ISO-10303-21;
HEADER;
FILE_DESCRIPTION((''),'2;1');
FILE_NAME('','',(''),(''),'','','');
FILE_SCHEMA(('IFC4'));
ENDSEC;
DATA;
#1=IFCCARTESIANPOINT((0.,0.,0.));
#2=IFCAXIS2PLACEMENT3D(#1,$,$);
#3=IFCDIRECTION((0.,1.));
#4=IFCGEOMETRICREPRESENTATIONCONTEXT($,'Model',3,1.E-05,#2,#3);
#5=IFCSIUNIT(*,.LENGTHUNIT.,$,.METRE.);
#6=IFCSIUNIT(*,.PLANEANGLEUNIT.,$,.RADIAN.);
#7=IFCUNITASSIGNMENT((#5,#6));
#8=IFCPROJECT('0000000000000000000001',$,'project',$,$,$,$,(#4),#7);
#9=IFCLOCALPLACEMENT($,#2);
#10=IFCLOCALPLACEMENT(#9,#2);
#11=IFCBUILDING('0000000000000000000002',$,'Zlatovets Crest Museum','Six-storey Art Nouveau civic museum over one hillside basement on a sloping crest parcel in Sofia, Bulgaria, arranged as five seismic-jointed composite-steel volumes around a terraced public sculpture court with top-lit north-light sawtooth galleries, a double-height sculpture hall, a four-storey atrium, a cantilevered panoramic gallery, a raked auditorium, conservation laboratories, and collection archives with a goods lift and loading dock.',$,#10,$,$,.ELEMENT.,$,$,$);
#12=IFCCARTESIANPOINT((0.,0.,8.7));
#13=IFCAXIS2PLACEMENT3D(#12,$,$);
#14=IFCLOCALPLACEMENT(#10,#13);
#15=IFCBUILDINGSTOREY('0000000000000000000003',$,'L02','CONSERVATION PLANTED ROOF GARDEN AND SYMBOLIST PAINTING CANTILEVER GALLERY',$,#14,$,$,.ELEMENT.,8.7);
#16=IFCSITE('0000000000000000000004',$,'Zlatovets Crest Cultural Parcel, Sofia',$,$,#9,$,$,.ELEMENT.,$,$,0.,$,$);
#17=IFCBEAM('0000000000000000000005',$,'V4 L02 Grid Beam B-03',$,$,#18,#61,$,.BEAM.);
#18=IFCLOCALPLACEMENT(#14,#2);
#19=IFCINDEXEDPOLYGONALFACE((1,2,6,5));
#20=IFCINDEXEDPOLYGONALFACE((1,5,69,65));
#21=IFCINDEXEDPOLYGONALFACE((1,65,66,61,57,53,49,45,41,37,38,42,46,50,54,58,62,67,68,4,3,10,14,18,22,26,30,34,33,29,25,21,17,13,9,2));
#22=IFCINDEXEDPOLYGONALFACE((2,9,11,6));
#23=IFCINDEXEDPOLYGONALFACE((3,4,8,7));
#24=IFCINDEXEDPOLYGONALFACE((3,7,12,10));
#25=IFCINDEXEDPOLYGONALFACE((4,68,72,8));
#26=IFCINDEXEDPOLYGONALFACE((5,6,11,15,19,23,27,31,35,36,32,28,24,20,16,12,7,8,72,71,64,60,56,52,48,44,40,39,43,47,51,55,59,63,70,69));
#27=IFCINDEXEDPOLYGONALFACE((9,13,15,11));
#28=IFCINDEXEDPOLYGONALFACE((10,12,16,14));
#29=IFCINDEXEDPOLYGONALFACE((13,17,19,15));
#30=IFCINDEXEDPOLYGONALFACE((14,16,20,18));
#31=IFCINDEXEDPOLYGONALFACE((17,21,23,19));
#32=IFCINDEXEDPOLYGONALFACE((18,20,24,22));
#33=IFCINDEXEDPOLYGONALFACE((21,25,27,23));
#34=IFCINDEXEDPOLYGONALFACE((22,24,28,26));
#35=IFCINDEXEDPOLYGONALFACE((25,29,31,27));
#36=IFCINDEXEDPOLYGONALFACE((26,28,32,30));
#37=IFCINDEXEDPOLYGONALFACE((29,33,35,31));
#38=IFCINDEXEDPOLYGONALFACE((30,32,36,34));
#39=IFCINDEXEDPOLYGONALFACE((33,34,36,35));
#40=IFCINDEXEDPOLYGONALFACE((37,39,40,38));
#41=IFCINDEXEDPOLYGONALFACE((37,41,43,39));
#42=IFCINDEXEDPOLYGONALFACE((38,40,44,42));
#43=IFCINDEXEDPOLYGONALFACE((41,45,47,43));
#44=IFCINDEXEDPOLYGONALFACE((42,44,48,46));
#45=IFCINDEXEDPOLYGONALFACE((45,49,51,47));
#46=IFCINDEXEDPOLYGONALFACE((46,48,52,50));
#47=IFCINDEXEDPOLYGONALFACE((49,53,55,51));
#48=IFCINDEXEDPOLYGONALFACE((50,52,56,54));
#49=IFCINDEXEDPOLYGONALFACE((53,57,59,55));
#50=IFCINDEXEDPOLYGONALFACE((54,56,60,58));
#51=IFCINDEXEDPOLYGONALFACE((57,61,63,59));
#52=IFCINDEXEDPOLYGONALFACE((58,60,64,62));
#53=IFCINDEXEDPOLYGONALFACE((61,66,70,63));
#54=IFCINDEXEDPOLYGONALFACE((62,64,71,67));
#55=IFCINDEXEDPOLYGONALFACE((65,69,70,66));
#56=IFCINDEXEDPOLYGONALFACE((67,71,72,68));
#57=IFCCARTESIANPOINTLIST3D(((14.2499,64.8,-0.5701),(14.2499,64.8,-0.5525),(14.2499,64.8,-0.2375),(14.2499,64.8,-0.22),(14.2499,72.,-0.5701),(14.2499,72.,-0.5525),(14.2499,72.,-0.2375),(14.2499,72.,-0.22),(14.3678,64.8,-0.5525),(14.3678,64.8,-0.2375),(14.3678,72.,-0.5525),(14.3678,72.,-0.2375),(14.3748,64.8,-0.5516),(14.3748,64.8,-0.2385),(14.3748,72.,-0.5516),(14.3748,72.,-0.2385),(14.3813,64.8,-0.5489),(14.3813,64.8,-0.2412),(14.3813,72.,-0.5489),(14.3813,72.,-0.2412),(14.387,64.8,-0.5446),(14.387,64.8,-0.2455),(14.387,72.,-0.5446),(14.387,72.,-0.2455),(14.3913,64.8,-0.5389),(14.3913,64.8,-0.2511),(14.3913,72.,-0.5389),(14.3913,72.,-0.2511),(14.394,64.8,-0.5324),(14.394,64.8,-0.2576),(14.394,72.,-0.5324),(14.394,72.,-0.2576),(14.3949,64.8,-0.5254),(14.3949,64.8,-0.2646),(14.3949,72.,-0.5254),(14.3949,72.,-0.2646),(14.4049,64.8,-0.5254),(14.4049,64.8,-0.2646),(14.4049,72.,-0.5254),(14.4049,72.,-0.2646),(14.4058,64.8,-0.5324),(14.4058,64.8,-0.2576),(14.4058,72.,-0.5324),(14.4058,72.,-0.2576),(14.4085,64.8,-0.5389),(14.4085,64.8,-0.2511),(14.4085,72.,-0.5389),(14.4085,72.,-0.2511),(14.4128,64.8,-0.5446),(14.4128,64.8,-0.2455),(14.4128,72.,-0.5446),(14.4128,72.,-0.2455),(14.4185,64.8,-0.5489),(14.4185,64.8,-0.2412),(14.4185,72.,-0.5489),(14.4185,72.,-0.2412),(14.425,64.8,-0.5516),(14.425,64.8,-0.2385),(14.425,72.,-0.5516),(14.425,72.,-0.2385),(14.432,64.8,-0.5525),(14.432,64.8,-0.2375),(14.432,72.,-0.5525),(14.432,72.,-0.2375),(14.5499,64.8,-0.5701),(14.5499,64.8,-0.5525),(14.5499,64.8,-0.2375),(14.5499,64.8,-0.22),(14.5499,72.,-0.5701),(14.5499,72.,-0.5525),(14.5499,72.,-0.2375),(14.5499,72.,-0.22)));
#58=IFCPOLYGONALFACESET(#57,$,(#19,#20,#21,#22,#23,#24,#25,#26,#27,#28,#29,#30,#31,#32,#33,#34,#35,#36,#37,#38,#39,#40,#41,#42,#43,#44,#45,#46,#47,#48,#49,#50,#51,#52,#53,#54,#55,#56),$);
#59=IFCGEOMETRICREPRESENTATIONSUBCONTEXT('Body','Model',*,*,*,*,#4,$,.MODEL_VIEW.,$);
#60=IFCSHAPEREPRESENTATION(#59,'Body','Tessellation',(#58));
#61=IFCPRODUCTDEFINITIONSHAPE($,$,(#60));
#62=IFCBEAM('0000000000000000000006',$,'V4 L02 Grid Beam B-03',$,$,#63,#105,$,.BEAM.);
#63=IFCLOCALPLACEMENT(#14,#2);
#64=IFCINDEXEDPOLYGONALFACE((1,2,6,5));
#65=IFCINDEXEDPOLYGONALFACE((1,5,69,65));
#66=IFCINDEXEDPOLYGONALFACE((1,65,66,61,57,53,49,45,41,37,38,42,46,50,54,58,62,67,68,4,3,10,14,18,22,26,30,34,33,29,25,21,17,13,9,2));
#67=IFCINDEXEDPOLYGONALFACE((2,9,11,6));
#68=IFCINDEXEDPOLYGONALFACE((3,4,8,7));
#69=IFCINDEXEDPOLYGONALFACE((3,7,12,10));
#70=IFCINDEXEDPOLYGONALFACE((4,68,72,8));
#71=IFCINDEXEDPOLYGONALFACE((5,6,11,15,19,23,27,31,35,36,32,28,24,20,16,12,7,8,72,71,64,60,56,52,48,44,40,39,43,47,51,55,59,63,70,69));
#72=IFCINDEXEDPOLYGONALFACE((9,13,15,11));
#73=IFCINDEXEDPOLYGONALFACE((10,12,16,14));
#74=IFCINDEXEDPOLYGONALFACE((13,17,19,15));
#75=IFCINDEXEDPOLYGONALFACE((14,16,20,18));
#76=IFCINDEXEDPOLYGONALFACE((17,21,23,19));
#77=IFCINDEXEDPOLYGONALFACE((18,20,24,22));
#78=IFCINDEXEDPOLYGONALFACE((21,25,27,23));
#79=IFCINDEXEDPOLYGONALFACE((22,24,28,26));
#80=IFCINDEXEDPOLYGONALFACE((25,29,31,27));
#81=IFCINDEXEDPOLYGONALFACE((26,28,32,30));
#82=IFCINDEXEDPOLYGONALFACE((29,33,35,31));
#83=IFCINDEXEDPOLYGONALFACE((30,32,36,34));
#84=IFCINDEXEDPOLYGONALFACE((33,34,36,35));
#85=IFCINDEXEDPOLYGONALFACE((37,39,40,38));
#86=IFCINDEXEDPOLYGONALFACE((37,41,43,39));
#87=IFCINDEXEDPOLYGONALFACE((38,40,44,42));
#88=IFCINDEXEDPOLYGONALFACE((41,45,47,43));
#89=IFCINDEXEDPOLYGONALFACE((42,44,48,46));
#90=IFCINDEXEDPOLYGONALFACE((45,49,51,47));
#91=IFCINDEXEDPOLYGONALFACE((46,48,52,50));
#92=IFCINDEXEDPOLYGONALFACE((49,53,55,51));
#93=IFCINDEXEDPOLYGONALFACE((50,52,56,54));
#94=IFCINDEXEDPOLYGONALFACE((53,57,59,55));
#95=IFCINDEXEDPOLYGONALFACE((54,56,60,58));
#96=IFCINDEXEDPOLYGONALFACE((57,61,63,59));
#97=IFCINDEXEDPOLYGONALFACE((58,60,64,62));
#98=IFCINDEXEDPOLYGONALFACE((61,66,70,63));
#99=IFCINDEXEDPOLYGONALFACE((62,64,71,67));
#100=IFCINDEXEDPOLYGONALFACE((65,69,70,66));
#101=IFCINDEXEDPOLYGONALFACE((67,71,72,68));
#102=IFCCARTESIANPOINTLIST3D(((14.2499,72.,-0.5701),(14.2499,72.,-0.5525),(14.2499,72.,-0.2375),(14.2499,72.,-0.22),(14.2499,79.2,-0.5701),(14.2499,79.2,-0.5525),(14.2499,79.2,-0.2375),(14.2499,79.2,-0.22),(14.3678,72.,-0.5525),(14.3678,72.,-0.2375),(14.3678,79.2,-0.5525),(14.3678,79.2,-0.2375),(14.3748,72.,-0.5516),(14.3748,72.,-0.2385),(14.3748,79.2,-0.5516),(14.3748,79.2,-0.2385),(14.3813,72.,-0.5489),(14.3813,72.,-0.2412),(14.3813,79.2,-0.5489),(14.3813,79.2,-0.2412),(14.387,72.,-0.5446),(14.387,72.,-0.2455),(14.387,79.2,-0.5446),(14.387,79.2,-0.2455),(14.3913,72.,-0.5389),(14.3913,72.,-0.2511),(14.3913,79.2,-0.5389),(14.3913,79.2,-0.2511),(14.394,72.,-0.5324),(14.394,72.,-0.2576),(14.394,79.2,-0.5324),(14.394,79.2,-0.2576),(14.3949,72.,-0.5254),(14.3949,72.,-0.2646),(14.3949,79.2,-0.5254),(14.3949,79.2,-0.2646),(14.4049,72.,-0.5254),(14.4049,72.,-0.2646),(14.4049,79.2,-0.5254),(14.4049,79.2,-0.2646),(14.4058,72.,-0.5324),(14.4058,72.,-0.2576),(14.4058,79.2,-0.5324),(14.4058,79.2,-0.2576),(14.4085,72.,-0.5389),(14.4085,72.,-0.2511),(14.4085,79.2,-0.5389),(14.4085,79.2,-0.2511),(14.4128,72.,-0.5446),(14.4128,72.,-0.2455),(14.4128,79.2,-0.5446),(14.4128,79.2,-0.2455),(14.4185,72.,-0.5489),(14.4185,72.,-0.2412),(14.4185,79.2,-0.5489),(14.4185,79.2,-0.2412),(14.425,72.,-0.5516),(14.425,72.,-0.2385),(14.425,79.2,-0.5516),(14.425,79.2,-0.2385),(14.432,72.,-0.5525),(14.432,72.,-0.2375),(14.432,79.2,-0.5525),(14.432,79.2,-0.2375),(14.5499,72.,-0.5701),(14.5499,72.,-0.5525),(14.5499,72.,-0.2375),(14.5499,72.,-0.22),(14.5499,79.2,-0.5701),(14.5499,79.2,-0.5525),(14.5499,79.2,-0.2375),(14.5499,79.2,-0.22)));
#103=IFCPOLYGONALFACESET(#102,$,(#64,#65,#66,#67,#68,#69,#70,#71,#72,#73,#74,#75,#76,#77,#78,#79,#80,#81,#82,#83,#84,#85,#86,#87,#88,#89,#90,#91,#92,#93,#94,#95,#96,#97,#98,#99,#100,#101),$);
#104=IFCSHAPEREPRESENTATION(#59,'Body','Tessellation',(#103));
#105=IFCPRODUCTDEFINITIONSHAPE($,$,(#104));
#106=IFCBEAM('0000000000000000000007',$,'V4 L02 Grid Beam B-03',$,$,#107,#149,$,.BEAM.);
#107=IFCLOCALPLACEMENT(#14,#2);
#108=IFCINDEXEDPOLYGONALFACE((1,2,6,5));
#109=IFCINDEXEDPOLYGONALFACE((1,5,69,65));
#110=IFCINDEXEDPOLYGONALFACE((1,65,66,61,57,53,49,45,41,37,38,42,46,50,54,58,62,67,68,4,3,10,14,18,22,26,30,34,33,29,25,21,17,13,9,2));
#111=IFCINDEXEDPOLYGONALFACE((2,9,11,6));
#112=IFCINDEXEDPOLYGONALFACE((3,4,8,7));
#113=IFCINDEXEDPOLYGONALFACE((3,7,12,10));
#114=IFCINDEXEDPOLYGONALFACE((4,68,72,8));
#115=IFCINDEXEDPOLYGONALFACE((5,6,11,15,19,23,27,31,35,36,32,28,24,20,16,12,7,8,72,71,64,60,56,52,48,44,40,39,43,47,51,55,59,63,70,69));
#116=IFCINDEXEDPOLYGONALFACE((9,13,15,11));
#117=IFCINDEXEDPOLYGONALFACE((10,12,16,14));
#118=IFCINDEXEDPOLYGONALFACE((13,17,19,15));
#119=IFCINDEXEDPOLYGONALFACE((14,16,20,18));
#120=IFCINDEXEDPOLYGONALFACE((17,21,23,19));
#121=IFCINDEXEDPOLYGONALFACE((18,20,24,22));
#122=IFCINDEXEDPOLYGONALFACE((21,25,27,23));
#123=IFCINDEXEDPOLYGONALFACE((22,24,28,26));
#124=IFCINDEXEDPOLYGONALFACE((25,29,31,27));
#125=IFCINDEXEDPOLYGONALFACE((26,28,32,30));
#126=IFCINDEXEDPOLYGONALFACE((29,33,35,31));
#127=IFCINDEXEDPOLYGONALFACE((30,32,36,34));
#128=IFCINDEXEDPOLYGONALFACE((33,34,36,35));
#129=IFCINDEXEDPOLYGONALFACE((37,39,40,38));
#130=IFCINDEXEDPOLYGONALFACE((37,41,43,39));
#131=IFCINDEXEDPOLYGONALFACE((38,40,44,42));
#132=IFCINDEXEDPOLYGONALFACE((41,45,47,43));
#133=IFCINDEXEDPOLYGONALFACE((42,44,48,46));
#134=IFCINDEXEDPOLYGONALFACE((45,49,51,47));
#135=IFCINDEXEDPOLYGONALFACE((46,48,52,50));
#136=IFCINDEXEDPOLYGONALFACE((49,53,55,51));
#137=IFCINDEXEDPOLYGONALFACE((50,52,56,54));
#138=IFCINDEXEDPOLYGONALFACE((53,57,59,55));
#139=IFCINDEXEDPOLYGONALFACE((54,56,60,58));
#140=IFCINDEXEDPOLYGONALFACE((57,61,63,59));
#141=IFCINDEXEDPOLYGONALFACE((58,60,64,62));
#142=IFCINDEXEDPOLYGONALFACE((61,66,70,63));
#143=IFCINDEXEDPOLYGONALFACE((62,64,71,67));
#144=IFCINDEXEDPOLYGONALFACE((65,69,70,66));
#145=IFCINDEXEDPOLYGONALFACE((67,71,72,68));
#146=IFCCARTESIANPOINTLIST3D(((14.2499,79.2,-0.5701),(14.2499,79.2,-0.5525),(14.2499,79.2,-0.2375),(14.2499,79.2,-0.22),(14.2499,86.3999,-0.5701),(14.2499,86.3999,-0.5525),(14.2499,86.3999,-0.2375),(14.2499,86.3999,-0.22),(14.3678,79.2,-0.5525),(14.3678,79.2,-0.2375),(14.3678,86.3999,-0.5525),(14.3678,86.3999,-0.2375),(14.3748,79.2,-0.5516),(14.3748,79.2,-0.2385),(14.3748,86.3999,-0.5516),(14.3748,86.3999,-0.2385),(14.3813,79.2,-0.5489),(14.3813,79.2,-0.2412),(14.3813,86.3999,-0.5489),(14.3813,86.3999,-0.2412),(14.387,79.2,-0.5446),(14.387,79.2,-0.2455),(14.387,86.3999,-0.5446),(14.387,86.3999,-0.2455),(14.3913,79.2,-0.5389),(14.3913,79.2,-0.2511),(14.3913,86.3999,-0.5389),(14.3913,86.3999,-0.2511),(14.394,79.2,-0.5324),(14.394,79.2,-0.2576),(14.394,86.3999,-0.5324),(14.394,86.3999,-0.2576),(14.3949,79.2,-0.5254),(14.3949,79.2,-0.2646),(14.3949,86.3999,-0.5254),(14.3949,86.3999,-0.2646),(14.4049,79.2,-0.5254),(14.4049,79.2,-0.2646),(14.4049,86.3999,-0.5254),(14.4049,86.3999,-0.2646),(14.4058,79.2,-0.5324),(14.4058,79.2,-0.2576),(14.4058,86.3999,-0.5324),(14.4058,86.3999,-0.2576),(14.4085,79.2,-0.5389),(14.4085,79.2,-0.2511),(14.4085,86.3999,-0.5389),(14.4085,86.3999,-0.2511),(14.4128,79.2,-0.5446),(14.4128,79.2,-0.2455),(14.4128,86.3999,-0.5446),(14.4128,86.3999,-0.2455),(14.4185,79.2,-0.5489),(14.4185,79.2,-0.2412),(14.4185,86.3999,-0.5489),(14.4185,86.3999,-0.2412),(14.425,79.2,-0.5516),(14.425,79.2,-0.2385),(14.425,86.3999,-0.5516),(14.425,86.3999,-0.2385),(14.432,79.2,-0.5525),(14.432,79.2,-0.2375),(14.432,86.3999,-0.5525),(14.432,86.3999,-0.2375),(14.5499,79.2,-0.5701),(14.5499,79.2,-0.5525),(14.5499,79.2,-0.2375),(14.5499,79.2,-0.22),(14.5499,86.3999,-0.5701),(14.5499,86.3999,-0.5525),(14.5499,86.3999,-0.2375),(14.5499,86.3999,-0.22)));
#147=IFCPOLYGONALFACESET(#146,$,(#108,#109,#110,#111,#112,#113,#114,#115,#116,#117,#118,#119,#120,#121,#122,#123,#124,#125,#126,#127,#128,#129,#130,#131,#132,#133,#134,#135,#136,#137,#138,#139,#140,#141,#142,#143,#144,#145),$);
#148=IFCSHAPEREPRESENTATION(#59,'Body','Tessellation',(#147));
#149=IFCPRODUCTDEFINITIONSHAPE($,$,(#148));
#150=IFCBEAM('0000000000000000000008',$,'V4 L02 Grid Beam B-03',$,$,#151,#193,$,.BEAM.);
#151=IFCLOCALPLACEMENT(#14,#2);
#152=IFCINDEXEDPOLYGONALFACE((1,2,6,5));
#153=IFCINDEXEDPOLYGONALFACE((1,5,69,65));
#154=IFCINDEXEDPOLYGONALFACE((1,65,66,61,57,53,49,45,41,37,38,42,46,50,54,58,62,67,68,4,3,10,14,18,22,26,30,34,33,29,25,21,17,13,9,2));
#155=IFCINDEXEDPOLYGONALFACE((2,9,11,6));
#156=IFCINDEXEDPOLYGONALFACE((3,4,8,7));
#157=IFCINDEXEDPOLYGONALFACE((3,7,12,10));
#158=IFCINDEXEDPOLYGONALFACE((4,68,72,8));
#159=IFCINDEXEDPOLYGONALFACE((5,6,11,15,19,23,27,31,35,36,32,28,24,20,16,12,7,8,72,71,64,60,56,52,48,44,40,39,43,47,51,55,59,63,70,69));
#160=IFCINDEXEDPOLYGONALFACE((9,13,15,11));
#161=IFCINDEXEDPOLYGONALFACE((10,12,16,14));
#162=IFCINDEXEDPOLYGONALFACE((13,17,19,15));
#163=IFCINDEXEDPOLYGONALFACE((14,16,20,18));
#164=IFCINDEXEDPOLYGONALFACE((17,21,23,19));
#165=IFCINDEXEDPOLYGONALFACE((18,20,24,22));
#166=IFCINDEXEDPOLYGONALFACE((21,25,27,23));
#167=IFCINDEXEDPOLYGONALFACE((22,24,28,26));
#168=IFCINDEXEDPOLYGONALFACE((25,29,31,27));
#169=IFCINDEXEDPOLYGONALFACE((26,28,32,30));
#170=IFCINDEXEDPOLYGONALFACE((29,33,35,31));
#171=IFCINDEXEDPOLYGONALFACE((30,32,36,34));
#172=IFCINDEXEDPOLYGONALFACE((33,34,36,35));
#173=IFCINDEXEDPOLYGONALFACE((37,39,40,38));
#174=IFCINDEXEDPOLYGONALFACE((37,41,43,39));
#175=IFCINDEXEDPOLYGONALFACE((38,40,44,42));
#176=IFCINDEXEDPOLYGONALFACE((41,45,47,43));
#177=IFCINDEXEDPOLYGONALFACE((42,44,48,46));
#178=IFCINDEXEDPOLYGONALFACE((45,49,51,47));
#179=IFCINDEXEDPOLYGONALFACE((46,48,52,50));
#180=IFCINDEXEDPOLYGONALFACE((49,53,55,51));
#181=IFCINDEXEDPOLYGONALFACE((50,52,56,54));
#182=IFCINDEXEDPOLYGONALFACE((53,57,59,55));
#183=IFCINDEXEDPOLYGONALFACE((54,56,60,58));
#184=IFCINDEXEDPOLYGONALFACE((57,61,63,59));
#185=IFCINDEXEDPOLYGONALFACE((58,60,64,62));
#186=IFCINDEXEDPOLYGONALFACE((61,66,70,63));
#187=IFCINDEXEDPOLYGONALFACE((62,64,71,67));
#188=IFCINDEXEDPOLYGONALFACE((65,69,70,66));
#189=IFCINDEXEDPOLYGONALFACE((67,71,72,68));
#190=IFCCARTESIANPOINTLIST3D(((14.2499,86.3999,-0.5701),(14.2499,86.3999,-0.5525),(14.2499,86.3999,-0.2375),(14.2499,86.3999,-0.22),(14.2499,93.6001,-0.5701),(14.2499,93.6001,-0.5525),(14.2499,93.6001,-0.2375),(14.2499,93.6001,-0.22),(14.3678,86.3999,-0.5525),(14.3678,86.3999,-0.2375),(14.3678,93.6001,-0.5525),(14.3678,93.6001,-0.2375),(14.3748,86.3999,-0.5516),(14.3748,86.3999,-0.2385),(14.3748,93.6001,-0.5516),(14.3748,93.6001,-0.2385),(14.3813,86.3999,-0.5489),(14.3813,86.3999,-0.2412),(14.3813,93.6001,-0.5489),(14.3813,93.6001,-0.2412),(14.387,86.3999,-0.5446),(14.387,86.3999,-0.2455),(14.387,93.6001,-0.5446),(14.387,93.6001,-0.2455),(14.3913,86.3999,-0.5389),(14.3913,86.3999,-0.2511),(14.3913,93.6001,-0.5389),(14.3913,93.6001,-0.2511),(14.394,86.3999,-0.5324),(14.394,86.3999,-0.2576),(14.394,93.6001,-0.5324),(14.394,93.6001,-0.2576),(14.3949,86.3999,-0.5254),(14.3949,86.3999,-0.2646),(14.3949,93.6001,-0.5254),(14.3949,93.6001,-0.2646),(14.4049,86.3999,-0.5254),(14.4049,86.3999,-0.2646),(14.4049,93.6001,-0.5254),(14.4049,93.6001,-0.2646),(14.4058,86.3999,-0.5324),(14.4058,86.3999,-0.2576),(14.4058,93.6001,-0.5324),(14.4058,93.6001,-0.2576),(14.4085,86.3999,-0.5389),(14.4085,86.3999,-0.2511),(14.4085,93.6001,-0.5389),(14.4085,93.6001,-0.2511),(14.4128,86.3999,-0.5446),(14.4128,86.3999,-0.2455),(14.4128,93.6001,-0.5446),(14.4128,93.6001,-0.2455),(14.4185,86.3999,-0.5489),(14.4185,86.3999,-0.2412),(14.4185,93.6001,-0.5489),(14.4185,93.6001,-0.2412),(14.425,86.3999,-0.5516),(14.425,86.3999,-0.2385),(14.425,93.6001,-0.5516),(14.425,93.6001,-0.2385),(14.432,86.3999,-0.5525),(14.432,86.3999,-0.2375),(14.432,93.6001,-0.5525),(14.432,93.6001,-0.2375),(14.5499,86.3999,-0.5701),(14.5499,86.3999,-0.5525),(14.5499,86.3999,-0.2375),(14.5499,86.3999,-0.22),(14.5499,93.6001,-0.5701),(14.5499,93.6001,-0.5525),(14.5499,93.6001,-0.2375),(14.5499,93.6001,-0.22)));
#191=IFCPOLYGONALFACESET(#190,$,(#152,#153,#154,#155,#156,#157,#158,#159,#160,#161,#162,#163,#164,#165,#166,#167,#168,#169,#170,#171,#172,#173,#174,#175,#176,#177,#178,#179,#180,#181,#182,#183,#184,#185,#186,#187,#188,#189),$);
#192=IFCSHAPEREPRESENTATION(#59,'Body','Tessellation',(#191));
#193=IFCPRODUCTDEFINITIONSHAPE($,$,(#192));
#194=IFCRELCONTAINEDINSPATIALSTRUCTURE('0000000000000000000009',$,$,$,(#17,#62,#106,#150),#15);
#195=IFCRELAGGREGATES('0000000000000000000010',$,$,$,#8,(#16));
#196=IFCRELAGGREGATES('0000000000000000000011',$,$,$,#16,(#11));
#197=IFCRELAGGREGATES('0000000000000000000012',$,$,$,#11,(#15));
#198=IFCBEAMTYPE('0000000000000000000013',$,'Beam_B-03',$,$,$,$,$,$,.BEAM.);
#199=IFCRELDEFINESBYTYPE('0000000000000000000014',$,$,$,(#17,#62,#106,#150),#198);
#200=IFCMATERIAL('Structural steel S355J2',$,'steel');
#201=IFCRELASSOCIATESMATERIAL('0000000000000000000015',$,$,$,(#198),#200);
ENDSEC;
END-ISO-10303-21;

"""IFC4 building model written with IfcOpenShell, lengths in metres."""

from ifc_helpers import new_model, si_unit, direction, frame, origin, origin_2d, place, context, subcontext, project, spatial, i_section, extrude, material, material_profile, profile_set, type_object, element, save


model = new_model("IFC4")

# Units and contexts
model_context = context("Model", 3, precision=1e-05, world=origin(), true_north=direction((0.0, 1.0)))
body_context = subcontext(model_context, "Body", "Model", "MODEL_VIEW")
ifc_project = project(units=[si_unit("LENGTHUNIT", "METRE"), si_unit("PLANEANGLEUNIT", "RADIAN")], contexts=[model_context])

# Site, building, storey
site_placement = place(None, origin())
site = spatial("IfcSite", under=ifc_project, at=site_placement, Name="Zlatovets Crest Cultural Parcel, Sofia", CompositionType="ELEMENT", RefElevation=0.0)
building_placement = place(site_placement, origin())
building = spatial("IfcBuilding", under=site, at=building_placement, Name="Zlatovets Crest Museum", Description="Six-storey Art Nouveau civic museum over one hillside basement on a sloping crest parcel in Sofia, Bulgaria, arranged as five seismic-jointed composite-steel volumes around a terraced public sculpture court with top-lit north-light sawtooth galleries, a double-height sculpture hall, a four-storey atrium, a cantilevered panoramic gallery, a raked auditorium, conservation laboratories, and collection archives with a goods lift and loading dock.", CompositionType="ELEMENT")
storey_placement = place(building_placement, frame((0.0, 0.0, 8.7)))
storey = spatial("IfcBuildingStorey", under=building, at=storey_placement, Name="L02", Description="CONSERVATION PLANTED ROOF GARDEN AND SYMBOLIST PAINTING CANTILEVER GALLERY", CompositionType="ELEMENT", Elevation=8.7)

# Shared definitions
ifc_material = material(Name="Structural steel S355J2", Category="steel")

# Beams
ifc_material_profile_1 = material_profile(ifc_material, i_section(OverallWidth=0.3, OverallDepth=0.3501, WebThickness=0.01, FlangeThickness=0.0176, FilletRadius=0.0271, at=origin_2d()), Name="HEA 360")
ifc_profile_set_1 = profile_set([ifc_material_profile_1], Name="Structural steel S355J2")
beam_type_1 = type_object("IfcBeamType", Name="Beam_B-03", PredefinedType="BEAM", material=ifc_profile_set_1)
for number, where, z_axis, x_axis, name in (
    (1, (14.3999, 64.8, -0.395), (0.0, 1.0, 0.0), (-1.0, 0.0, 0.0), "V4 L02 Grid Beam B-03"),
    (2, (14.3999, 72.0, -0.395), (0.0, 1.0, 0.0), (-1.0, 0.0, 0.0), "V4 L02 Grid Beam B-03"),
    (3, (14.3999, 79.2, -0.395), (0.0, 1.0, 0.0), (-1.0, 0.0, 0.0), "V4 L02 Grid Beam B-03"),
):
    element("IfcBeam", number, at=place(storey_placement, frame(where, z_axis=z_axis, x_axis=x_axis)), inside=storey, type_object=beam_type_1, Name=name, PredefinedType="BEAM", context=body_context, shape_type="SweptSolid", body=[
        extrude(i_section(OverallWidth=0.3, OverallDepth=0.3501, WebThickness=0.01, FlangeThickness=0.0176, FilletRadius=0.0271, at=origin_2d()), origin(), (0.0, 0.0, 1.0), 7.2),
    ])
beam_1_placement = place(storey_placement, frame((14.3999, 86.3999, -0.395), z_axis=(0.0, 1.0, 0.0), x_axis=(-1.0, 0.0, 0.0)))
element("IfcBeam", 4, at=beam_1_placement, inside=storey, type_object=beam_type_1, Name="V4 L02 Grid Beam B-03", PredefinedType="BEAM", context=body_context, shape_type="SweptSolid", body=[
    extrude(i_section(OverallWidth=0.3, OverallDepth=0.3501, WebThickness=0.01, FlangeThickness=0.0176, FilletRadius=0.0271, at=origin_2d()), origin(), (0.0, 0.0, 1.0), 7.2002),
])

save(model, "model.ifc")
